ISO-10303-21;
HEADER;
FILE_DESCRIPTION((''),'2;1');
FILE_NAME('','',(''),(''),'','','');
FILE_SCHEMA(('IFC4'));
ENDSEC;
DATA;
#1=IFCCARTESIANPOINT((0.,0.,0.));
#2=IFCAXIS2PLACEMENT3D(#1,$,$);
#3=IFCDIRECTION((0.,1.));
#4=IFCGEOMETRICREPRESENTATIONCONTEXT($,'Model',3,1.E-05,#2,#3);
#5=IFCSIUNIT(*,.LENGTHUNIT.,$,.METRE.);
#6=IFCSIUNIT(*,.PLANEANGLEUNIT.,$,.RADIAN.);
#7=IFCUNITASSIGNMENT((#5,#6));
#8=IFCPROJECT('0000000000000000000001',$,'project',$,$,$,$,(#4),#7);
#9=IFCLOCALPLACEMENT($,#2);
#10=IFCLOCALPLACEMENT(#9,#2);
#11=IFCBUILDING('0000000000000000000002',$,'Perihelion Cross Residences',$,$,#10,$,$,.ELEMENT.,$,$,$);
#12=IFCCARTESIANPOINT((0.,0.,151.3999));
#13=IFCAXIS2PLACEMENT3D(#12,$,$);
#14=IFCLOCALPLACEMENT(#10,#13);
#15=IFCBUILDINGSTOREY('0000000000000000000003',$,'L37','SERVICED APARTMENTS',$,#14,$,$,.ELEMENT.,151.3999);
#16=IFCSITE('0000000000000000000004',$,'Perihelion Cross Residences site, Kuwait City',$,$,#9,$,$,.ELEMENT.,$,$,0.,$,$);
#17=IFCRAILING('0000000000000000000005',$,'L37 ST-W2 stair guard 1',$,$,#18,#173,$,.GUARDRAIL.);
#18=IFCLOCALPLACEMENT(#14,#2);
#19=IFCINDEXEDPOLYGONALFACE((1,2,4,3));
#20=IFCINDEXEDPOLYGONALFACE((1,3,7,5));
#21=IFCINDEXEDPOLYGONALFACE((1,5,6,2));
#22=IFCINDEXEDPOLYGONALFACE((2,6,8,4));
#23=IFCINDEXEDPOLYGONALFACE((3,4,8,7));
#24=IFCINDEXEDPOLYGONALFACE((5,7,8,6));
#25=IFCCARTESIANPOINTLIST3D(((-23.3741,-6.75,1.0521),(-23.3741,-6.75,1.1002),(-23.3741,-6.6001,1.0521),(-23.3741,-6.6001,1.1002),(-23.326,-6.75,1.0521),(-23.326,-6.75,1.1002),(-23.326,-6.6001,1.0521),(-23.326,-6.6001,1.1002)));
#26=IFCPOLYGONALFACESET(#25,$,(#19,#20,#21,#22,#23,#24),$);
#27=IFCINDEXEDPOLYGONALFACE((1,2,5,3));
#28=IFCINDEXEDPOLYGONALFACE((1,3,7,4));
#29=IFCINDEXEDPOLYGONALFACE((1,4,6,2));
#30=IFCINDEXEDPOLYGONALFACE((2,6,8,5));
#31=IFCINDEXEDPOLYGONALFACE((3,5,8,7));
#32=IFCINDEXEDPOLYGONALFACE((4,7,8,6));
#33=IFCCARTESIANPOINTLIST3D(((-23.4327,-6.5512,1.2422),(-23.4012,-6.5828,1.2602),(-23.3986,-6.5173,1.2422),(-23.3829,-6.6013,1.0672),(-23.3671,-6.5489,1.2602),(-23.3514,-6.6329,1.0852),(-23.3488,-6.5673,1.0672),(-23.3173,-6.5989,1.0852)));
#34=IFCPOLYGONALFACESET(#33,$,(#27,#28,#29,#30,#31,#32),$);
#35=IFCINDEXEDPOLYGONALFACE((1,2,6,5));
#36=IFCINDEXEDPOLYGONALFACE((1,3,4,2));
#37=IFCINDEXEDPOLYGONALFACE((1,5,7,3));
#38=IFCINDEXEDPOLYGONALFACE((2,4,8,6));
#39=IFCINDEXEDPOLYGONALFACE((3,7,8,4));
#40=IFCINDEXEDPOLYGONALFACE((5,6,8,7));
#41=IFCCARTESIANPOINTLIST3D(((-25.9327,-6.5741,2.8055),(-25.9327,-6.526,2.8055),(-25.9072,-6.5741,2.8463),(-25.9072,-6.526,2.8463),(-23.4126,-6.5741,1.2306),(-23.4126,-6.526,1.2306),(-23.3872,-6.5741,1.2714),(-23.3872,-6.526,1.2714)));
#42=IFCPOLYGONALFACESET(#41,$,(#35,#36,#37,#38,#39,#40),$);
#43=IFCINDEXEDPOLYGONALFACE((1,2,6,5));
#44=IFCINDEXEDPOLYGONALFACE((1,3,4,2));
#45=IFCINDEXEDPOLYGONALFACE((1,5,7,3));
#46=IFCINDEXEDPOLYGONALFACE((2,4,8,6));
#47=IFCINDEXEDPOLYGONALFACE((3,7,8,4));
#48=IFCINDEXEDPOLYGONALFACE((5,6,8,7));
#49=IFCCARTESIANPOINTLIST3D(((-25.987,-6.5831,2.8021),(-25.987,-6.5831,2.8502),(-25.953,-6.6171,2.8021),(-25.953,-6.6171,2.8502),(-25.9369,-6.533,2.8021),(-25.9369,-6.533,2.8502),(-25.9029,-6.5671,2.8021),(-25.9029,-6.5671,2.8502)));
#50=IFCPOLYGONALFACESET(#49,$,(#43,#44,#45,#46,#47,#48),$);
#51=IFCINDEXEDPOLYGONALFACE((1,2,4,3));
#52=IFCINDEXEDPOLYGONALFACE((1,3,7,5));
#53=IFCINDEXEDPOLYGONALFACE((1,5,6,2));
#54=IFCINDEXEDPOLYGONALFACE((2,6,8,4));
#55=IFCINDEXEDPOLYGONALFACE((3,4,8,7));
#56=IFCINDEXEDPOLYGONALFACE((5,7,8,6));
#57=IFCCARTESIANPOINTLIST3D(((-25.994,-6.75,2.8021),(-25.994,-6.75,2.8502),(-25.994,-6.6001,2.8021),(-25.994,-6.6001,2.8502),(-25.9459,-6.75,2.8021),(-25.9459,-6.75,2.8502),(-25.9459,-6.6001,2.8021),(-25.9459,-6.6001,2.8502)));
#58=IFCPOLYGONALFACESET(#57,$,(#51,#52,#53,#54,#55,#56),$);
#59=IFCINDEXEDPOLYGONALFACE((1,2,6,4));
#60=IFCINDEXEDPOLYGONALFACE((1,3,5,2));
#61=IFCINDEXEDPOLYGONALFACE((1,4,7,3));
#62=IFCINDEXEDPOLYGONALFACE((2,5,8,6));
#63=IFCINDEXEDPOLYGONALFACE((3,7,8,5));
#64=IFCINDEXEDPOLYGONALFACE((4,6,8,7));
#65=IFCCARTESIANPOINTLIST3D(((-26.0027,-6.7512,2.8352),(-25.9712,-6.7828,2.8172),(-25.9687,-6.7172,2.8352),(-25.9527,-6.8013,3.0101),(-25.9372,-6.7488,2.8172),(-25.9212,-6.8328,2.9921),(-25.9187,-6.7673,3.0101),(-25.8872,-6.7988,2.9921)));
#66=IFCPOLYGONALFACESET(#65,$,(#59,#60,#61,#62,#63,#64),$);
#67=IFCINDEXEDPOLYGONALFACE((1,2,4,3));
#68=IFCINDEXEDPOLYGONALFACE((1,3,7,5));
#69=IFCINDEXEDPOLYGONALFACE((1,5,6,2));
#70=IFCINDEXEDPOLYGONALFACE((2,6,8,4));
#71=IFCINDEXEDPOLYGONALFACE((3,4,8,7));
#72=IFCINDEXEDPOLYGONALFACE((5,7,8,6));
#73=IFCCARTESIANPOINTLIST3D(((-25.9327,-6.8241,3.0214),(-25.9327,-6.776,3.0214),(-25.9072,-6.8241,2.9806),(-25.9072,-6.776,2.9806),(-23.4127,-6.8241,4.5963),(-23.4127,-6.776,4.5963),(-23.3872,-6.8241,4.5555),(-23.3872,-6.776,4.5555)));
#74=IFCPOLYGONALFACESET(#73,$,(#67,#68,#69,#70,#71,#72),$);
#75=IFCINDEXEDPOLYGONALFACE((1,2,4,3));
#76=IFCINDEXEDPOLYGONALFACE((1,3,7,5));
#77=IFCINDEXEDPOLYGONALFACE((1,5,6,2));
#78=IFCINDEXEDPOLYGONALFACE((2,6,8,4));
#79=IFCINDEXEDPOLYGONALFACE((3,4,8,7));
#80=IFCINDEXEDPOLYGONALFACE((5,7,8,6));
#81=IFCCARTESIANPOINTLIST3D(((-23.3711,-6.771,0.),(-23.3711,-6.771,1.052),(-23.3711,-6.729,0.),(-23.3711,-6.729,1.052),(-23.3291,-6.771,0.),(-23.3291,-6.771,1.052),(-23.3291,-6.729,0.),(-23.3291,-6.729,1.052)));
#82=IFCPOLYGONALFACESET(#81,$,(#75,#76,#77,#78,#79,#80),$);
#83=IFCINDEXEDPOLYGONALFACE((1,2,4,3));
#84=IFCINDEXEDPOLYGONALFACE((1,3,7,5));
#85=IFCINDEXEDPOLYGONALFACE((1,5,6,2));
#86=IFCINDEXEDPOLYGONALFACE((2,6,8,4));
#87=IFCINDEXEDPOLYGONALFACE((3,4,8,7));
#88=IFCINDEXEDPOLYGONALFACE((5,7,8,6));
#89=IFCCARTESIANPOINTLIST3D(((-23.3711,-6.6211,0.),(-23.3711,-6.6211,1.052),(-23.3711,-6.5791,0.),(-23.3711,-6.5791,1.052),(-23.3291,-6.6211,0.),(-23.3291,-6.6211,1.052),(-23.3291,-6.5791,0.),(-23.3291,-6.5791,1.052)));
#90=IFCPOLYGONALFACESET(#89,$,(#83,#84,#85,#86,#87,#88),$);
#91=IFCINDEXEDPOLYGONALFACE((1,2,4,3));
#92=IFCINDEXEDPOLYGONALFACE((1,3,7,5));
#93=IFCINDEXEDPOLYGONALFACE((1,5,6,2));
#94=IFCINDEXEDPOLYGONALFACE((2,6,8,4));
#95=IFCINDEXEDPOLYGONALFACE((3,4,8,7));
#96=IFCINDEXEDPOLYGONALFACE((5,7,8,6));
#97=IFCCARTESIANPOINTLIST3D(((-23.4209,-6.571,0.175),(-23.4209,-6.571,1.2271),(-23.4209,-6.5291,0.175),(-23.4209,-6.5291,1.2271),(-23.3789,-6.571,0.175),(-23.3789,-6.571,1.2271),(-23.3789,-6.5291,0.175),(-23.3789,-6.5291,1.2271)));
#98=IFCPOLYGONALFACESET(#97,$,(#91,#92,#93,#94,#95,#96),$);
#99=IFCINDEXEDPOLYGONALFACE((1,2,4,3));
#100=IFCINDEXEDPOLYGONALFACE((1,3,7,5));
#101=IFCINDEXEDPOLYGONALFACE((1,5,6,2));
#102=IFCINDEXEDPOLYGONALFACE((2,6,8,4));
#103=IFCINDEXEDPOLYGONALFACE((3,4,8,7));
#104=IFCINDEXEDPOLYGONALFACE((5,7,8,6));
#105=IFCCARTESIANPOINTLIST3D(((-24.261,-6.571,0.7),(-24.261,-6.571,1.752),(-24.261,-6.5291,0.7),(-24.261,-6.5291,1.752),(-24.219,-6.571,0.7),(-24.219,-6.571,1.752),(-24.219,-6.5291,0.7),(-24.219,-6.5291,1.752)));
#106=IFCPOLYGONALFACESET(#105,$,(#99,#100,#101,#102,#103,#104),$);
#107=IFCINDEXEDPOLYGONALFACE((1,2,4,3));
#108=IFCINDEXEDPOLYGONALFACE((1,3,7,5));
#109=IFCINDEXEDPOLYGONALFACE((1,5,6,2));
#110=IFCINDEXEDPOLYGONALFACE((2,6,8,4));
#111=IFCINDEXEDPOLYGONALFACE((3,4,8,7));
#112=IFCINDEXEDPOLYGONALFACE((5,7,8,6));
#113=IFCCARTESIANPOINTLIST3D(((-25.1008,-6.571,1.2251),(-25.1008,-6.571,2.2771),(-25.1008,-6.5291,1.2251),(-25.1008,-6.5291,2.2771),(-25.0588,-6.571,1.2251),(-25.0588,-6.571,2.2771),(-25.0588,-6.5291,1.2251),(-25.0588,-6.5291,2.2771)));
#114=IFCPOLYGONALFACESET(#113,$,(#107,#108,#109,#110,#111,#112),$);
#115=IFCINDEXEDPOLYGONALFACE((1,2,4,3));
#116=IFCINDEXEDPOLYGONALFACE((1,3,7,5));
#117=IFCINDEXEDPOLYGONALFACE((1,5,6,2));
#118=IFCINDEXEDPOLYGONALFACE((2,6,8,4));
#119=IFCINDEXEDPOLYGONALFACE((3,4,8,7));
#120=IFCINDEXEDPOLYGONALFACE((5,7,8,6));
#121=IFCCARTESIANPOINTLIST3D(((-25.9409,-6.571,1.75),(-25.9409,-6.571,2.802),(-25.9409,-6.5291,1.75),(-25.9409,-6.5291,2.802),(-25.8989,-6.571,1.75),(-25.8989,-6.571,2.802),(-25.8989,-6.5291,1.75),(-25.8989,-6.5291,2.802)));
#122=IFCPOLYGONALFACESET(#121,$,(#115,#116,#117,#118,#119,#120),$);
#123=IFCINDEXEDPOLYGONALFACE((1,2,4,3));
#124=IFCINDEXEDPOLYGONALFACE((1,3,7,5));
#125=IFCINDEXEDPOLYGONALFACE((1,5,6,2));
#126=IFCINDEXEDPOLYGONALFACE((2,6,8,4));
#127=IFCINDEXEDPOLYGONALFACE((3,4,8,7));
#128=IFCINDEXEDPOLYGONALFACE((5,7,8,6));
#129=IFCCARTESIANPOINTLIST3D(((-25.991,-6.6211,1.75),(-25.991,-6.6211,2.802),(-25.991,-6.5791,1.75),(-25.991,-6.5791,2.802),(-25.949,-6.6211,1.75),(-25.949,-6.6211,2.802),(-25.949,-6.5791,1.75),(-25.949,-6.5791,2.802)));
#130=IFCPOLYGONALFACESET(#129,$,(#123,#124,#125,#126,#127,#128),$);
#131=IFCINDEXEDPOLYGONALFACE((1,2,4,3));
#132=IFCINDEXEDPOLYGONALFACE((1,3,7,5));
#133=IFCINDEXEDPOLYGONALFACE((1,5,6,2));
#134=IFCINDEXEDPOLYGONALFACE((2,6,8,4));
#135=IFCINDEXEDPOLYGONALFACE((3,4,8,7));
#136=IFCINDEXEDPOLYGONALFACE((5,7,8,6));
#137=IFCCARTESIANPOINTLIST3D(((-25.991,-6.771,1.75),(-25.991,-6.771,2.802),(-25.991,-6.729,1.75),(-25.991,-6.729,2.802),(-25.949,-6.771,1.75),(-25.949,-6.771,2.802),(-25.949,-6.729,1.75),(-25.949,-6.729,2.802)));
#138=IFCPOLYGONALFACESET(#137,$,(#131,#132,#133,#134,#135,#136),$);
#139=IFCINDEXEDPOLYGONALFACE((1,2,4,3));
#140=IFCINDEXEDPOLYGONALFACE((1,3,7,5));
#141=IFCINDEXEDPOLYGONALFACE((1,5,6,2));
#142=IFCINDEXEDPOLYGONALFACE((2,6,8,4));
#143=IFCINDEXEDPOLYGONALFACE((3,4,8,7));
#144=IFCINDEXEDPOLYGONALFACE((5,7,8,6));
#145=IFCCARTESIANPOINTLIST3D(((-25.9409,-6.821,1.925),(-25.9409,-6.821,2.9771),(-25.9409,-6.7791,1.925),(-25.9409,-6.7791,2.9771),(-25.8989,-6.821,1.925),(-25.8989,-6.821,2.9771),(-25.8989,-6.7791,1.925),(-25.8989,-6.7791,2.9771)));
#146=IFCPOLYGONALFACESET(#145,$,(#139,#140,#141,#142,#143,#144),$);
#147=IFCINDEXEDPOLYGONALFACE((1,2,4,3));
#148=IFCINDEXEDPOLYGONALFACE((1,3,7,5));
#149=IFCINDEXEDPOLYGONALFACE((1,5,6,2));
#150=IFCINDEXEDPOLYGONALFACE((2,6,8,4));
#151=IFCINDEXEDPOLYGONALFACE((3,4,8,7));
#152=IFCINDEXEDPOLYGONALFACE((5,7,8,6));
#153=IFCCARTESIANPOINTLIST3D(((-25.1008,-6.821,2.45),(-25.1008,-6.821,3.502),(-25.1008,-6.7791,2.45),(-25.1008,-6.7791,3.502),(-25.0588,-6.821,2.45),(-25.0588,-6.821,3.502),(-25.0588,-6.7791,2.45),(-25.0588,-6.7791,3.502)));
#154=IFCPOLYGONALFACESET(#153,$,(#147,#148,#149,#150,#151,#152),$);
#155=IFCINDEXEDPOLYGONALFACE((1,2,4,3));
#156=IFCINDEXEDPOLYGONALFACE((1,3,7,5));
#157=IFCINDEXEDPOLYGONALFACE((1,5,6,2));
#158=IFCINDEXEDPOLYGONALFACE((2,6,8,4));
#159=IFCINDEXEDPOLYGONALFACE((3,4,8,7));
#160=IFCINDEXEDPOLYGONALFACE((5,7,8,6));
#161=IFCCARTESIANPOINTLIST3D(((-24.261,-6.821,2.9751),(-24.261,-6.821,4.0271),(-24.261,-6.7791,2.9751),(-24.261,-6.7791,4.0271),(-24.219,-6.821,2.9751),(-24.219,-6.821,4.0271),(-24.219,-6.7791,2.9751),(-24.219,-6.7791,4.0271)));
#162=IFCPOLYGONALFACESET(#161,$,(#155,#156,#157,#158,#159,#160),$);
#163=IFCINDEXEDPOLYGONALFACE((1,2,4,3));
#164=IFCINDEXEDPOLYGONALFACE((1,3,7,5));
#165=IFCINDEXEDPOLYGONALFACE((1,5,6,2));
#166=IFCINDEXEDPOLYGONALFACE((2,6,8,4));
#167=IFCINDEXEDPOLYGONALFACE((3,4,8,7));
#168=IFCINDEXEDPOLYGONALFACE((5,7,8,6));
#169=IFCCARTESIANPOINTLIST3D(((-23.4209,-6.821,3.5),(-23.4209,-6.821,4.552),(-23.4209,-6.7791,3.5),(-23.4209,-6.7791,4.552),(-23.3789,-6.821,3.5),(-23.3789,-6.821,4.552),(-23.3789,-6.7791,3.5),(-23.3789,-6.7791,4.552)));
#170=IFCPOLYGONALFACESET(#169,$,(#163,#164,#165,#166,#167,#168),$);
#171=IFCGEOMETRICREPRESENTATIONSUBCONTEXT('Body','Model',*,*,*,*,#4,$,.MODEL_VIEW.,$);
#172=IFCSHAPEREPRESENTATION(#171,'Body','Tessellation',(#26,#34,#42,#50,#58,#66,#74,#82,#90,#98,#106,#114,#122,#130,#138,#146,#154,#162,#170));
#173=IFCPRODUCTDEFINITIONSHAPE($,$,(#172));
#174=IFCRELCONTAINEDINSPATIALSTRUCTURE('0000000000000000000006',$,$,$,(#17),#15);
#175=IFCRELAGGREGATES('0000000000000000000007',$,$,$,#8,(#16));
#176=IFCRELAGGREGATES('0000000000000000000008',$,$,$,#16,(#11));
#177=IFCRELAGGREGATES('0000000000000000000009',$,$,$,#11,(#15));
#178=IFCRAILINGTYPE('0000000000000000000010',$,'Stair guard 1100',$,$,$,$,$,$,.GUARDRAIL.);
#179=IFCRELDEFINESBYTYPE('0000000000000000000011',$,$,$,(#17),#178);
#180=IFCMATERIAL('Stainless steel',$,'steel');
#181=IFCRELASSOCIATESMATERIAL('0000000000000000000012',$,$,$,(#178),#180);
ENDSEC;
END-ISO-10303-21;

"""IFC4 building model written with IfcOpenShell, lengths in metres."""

from ifc_helpers import new_model, si_unit, direction, frame, origin, origin_2d, place, context, subcontext, project, spatial, rectangle, extrude, material, type_object, element, save


model = new_model("IFC4")

# Units and contexts
model_context = context("Model", 3, precision=1e-05, world=origin(), true_north=direction((0.0, 1.0)))
body_context = subcontext(model_context, "Body", "Model", "MODEL_VIEW")
ifc_project = project(units=[si_unit("LENGTHUNIT", "METRE"), si_unit("PLANEANGLEUNIT", "RADIAN")], contexts=[model_context])

# Site, building, storey
site_placement = place(None, origin())
site = spatial("IfcSite", under=ifc_project, at=site_placement, Name="Perihelion Cross Residences site, Kuwait City", CompositionType="ELEMENT", RefElevation=0.0)
building_placement = place(site_placement, origin())
building = spatial("IfcBuilding", under=site, at=building_placement, Name="Perihelion Cross Residences", CompositionType="ELEMENT")
storey_placement = place(building_placement, frame((0.0, 0.0, 151.3999)))
storey = spatial("IfcBuildingStorey", under=building, at=storey_placement, Name="L37", Description="SERVICED APARTMENTS", CompositionType="ELEMENT", Elevation=151.3999)

# Railing
ifc_material_1 = material(Name="Stainless steel", Category="steel")
railing_type_1 = type_object("IfcRailingType", Name="Stair guard 1100", PredefinedType="GUARDRAIL", material=ifc_material_1)
railing_1_placement = place(storey_placement, frame((-23.3501, -6.75, 0.0)))
element("IfcRailing", 1, at=railing_1_placement, inside=storey, type_object=railing_type_1, Name="L37 ST-W2 stair guard 1", PredefinedType="GUARDRAIL", context=body_context, shape_type="SweptSolid", body=[
    extrude(rectangle(XDim=0.0481, YDim=0.0481, at=origin_2d()), frame((0.0, 0.0, 1.0762), z_axis=(0.0, 1.0, 0.0), x_axis=(-1.0, 0.0, 0.0)), (0.0, 0.0, 1.0), 0.1499),
    extrude(rectangle(XDim=0.0481, YDim=0.0481, at=origin_2d()), frame((0.0, 0.1499, 1.0762), z_axis=(-0.263862, 0.265156, 0.927399), x_axis=(-0.708834, -0.705376, 0.0)), (0.0, 0.0, 1.0), 0.1887),
    extrude(rectangle(XDim=0.0481, YDim=0.0481, at=origin_2d()), frame((-0.0498, 0.2, 1.251), z_axis=(-0.848008, 0.0, 0.529984), x_axis=(0.0, -1.0, 0.0)), (0.0, 0.0, 1.0), 2.9717),
    extrude(rectangle(XDim=0.0481, YDim=0.0481, at=origin_2d()), frame((-2.5698, 0.2, 2.8262), z_axis=(-0.707107, -0.707107, 0.0), x_axis=(0.707107, -0.707107, 0.0)), (0.0, 0.0, 1.0), 0.0708),
    extrude(rectangle(XDim=0.0481, YDim=0.0481, at=origin_2d()), frame((-2.6199, 0.1499, 2.8262), z_axis=(0.0, -1.0, 0.0), x_axis=(1.0, 0.0, 0.0)), (0.0, 0.0, 1.0), 0.1499),
    extrude(rectangle(XDim=0.0481, YDim=0.0481, at=origin_2d()), frame((-2.6199, 0.0, 2.8262), z_axis=(0.265065, -0.265065, 0.927082), x_axis=(0.707107, 0.707107, 0.0)), (0.0, 0.0, 1.0), 0.1887),
    extrude(rectangle(XDim=0.0481, YDim=0.0481, at=origin_2d()), frame((-2.5698, -0.05, 3.001), z_axis=(0.848008, 0.0, 0.529984), x_axis=(0.0, 1.0, 0.0)), (0.0, 0.0, 1.0), 2.9717),
    extrude(rectangle(XDim=0.042, YDim=0.042, at=origin_2d()), origin(), (0.0, 0.0, 1.0), 1.052),
    extrude(rectangle(XDim=0.042, YDim=0.042, at=origin_2d()), frame((0.0, 0.1499, 0.0)), (0.0, 0.0, 1.0), 1.052),
    extrude(rectangle(XDim=0.042, YDim=0.042, at=origin_2d()), frame((-0.0498, 0.2, 0.175)), (0.0, 0.0, 1.0), 1.052),
    extrude(rectangle(XDim=0.042, YDim=0.042, at=origin_2d()), frame((-0.8899, 0.2, 0.7)), (0.0, 0.0, 1.0), 1.052),
    extrude(rectangle(XDim=0.042, YDim=0.042, at=origin_2d()), frame((-1.7297, 0.2, 1.2251)), (0.0, 0.0, 1.0), 1.052),
    extrude(rectangle(XDim=0.042, YDim=0.042, at=origin_2d()), frame((-2.5698, 0.2, 1.75)), (0.0, 0.0, 1.0), 1.052),
    extrude(rectangle(XDim=0.042, YDim=0.042, at=origin_2d()), frame((-2.6199, 0.1499, 1.75)), (0.0, 0.0, 1.0), 1.052),
    extrude(rectangle(XDim=0.042, YDim=0.042, at=origin_2d()), frame((-2.6199, 0.0, 1.75)), (0.0, 0.0, 1.0), 1.052),
    extrude(rectangle(XDim=0.042, YDim=0.042, at=origin_2d()), frame((-2.5698, -0.05, 1.925)), (0.0, 0.0, 1.0), 1.052),
    extrude(rectangle(XDim=0.042, YDim=0.042, at=origin_2d()), frame((-1.7297, -0.05, 2.45)), (0.0, 0.0, 1.0), 1.052),
    extrude(rectangle(XDim=0.042, YDim=0.042, at=origin_2d()), frame((-0.8899, -0.05, 2.9751)), (0.0, 0.0, 1.0), 1.052),
    extrude(rectangle(XDim=0.042, YDim=0.042, at=origin_2d()), frame((-0.0498, -0.05, 3.5)), (0.0, 0.0, 1.0), 1.052),
])

save(model, "model.ifc")
